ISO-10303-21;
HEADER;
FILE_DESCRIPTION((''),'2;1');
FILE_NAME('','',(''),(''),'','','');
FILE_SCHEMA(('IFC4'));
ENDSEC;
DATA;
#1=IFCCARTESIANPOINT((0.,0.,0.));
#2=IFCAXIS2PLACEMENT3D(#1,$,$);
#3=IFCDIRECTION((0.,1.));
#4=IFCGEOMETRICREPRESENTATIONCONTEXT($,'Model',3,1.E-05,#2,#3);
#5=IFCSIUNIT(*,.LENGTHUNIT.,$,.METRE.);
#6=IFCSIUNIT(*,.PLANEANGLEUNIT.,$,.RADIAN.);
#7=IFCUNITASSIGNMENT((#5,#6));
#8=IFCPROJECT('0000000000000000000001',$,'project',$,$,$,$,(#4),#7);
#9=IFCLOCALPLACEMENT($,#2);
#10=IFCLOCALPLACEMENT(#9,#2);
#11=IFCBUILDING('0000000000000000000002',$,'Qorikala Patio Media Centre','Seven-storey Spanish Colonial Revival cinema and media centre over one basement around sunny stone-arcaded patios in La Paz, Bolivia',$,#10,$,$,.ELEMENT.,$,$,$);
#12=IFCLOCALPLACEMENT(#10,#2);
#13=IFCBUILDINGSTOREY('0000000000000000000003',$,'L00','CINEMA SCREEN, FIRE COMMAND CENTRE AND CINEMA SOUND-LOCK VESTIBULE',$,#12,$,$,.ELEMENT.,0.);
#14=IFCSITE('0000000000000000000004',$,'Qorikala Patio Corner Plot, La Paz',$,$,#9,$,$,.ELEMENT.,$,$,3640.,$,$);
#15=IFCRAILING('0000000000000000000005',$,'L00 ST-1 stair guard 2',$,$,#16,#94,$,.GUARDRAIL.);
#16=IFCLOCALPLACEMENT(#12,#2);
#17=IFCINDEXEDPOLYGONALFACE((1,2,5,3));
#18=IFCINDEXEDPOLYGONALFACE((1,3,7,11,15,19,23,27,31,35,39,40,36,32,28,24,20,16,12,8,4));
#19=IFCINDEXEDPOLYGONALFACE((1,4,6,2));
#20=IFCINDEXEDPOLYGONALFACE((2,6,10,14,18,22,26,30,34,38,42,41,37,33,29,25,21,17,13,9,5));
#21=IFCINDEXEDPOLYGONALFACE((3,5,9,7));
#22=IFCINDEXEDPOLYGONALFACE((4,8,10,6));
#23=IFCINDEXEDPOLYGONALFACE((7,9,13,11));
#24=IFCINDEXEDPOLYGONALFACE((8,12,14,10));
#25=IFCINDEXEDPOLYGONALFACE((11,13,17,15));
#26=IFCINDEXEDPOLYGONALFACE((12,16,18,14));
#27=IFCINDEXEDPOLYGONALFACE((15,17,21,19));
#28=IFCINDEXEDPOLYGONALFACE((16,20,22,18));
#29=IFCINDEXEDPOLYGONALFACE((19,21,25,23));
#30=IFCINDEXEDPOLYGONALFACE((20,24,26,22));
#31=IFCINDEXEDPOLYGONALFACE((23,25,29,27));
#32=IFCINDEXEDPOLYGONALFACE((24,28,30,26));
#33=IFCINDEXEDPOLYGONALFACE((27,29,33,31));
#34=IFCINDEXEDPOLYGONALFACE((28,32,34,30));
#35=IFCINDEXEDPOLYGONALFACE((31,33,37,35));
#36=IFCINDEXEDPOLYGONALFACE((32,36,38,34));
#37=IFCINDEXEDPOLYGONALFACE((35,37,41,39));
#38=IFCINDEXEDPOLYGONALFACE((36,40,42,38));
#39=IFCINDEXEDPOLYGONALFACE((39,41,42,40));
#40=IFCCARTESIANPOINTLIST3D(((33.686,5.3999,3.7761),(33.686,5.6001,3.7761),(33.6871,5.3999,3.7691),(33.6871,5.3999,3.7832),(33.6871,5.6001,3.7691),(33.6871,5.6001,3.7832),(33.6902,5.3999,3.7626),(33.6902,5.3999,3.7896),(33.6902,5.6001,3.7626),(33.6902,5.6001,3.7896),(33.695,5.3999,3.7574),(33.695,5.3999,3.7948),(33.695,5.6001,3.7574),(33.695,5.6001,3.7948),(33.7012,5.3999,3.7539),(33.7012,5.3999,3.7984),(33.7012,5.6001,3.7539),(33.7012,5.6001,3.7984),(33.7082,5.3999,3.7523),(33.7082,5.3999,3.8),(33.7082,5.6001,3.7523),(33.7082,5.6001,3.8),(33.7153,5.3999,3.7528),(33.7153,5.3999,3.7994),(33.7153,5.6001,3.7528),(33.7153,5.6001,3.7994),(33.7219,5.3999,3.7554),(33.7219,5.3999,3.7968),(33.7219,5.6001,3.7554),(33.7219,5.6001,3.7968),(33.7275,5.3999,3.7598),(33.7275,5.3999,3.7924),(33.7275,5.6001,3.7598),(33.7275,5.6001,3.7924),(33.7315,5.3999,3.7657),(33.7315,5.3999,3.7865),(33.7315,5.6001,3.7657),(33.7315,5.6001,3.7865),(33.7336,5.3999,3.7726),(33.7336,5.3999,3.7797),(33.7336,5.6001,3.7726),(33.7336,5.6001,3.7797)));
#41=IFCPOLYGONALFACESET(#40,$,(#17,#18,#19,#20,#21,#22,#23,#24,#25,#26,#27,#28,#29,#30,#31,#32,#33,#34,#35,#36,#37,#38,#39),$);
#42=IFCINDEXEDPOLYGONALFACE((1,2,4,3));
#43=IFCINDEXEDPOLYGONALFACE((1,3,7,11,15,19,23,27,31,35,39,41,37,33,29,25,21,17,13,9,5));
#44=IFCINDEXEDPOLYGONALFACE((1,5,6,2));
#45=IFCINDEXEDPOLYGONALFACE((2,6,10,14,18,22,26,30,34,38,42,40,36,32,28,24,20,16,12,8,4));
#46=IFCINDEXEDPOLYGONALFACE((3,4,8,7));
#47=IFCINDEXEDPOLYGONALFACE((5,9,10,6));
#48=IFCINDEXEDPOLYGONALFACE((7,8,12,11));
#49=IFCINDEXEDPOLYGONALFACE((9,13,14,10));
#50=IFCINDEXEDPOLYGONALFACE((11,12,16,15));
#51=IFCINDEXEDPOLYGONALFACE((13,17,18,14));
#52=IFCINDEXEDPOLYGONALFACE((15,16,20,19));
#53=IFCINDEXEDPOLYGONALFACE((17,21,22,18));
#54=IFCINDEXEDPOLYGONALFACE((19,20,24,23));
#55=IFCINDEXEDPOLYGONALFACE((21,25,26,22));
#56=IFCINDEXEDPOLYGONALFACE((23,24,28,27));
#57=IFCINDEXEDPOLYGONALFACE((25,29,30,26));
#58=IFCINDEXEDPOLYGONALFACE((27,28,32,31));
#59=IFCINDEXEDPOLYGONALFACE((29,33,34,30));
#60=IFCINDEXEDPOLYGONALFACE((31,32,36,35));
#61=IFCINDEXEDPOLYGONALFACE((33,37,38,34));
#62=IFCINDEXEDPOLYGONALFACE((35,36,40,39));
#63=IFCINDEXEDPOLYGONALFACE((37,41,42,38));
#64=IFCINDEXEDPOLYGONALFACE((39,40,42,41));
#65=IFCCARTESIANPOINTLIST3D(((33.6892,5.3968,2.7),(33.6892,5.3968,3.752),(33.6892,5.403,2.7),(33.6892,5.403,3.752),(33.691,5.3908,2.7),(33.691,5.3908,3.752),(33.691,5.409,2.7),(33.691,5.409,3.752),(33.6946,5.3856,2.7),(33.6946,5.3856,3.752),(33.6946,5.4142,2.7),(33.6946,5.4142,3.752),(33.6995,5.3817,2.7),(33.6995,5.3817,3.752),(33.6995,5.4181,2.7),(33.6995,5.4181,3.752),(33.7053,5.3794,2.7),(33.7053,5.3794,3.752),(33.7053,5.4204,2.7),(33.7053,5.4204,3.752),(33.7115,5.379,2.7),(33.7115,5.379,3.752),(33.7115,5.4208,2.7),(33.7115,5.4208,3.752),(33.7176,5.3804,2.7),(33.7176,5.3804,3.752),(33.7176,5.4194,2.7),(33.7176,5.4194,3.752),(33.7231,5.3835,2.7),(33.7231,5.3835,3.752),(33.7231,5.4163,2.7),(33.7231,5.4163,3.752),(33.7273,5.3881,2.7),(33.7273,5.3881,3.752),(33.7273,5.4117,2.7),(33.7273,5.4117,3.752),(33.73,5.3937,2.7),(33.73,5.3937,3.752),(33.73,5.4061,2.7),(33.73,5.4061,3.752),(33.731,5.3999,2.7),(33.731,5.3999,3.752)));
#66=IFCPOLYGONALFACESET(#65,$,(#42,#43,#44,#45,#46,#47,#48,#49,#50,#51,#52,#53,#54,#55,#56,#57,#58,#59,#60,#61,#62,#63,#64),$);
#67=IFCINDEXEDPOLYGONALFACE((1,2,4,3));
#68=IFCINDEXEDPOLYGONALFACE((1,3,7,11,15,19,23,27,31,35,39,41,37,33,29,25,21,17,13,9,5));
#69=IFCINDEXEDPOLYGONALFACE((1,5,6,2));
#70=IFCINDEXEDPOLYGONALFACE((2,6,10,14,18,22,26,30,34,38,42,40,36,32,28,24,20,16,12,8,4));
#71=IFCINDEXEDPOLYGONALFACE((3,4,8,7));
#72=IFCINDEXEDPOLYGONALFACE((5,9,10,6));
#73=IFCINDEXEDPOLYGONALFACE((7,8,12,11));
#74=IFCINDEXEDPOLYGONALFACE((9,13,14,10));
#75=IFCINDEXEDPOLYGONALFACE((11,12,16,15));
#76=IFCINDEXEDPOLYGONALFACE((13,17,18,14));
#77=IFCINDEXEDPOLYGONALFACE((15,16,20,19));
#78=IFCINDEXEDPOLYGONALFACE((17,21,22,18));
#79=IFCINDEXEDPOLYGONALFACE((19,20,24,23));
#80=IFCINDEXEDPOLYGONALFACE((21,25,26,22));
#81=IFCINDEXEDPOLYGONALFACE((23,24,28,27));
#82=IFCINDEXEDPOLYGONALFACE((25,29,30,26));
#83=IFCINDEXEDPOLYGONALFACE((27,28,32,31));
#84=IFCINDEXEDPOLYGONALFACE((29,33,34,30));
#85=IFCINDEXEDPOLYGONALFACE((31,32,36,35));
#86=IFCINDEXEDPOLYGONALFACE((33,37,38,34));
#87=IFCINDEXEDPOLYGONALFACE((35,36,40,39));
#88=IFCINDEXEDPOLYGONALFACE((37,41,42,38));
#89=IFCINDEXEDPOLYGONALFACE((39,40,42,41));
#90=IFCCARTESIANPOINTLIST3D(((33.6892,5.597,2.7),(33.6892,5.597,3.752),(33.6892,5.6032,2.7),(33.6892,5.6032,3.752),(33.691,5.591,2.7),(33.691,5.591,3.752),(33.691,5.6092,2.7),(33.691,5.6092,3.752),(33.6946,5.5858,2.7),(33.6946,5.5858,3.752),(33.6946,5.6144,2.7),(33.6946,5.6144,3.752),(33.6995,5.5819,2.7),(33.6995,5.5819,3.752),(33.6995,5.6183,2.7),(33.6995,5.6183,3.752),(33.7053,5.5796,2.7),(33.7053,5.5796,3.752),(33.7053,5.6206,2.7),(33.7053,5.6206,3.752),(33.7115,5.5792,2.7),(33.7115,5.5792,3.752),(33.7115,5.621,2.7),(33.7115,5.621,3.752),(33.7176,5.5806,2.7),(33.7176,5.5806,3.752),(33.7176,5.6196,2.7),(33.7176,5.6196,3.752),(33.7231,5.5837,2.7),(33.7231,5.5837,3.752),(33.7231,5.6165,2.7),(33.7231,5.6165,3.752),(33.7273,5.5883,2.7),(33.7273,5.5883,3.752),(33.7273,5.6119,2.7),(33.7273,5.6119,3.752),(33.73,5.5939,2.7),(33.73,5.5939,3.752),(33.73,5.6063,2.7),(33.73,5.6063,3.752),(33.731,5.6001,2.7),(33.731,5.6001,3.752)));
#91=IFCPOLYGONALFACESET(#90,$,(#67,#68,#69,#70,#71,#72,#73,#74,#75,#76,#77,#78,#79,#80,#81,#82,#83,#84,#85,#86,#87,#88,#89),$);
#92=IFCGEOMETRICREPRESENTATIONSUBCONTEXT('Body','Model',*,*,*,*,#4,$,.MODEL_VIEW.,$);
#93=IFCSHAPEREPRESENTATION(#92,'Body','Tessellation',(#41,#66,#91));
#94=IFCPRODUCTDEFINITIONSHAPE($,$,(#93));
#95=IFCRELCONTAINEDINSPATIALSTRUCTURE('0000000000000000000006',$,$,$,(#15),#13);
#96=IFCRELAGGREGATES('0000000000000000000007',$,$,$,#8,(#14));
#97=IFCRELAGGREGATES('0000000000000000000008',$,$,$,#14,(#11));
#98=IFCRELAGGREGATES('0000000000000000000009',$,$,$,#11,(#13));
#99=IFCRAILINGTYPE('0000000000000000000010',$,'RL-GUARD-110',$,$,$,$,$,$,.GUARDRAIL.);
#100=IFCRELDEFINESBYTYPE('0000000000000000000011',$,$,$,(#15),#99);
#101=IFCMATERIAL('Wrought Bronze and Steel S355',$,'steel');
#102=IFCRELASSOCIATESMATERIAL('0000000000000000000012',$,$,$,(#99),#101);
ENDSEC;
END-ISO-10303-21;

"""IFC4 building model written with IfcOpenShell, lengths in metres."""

from ifc_helpers import new_model, si_unit, direction, frame, origin, origin_2d, place, context, subcontext, project, spatial, circle, extrude, material, type_object, element, save


model = new_model("IFC4")

# Units and contexts
model_context = context("Model", 3, precision=1e-05, world=origin(), true_north=direction((0.0, 1.0)))
body_context = subcontext(model_context, "Body", "Model", "MODEL_VIEW")
ifc_project = project(units=[si_unit("LENGTHUNIT", "METRE"), si_unit("PLANEANGLEUNIT", "RADIAN")], contexts=[model_context])

# Site, building, storey
site_placement = place(None, origin())
site = spatial("IfcSite", under=ifc_project, at=site_placement, Name="Qorikala Patio Corner Plot, La Paz", CompositionType="ELEMENT", RefElevation=3640.0)
building_placement = place(site_placement, origin())
building = spatial("IfcBuilding", under=site, at=building_placement, Name="Qorikala Patio Media Centre", Description="Seven-storey Spanish Colonial Revival cinema and media centre over one basement around sunny stone-arcaded patios in La Paz, Bolivia", CompositionType="ELEMENT")
storey_placement = place(building_placement, origin())
storey = spatial("IfcBuildingStorey", under=building, at=storey_placement, Name="L00", Description="CINEMA SCREEN, FIRE COMMAND CENTRE AND CINEMA SOUND-LOCK VESTIBULE", CompositionType="ELEMENT", Elevation=0.0)

# Railing
ifc_material_1 = material(Name="Wrought Bronze and Steel S355", Category="steel")
railing_type_1 = type_object("IfcRailingType", Name="RL-GUARD-110", PredefinedType="GUARDRAIL", material=ifc_material_1)
railing_1_placement = place(storey_placement, frame((33.71, 5.3999, 2.7)))
element("IfcRailing", 1, at=railing_1_placement, inside=storey, type_object=railing_type_1, Name="L00 ST-1 stair guard 2", PredefinedType="GUARDRAIL", context=body_context, shape_type="SweptSolid", body=[
    extrude(circle(Radius=0.0239, at=origin_2d()), frame((0.0, 0.0, 1.0762), z_axis=(0.0, 1.0, 0.0), x_axis=(-1.0, 0.0, 0.0)), (0.0, 0.0, 1.0), 0.2002),
    extrude(circle(Radius=0.021, at=origin_2d()), origin(), (0.0, 0.0, 1.0), 1.052),
    extrude(circle(Radius=0.021, at=origin_2d()), frame((0.0, 0.2002, 0.0)), (0.0, 0.0, 1.0), 1.052),
])

save(model, "model.ifc")
